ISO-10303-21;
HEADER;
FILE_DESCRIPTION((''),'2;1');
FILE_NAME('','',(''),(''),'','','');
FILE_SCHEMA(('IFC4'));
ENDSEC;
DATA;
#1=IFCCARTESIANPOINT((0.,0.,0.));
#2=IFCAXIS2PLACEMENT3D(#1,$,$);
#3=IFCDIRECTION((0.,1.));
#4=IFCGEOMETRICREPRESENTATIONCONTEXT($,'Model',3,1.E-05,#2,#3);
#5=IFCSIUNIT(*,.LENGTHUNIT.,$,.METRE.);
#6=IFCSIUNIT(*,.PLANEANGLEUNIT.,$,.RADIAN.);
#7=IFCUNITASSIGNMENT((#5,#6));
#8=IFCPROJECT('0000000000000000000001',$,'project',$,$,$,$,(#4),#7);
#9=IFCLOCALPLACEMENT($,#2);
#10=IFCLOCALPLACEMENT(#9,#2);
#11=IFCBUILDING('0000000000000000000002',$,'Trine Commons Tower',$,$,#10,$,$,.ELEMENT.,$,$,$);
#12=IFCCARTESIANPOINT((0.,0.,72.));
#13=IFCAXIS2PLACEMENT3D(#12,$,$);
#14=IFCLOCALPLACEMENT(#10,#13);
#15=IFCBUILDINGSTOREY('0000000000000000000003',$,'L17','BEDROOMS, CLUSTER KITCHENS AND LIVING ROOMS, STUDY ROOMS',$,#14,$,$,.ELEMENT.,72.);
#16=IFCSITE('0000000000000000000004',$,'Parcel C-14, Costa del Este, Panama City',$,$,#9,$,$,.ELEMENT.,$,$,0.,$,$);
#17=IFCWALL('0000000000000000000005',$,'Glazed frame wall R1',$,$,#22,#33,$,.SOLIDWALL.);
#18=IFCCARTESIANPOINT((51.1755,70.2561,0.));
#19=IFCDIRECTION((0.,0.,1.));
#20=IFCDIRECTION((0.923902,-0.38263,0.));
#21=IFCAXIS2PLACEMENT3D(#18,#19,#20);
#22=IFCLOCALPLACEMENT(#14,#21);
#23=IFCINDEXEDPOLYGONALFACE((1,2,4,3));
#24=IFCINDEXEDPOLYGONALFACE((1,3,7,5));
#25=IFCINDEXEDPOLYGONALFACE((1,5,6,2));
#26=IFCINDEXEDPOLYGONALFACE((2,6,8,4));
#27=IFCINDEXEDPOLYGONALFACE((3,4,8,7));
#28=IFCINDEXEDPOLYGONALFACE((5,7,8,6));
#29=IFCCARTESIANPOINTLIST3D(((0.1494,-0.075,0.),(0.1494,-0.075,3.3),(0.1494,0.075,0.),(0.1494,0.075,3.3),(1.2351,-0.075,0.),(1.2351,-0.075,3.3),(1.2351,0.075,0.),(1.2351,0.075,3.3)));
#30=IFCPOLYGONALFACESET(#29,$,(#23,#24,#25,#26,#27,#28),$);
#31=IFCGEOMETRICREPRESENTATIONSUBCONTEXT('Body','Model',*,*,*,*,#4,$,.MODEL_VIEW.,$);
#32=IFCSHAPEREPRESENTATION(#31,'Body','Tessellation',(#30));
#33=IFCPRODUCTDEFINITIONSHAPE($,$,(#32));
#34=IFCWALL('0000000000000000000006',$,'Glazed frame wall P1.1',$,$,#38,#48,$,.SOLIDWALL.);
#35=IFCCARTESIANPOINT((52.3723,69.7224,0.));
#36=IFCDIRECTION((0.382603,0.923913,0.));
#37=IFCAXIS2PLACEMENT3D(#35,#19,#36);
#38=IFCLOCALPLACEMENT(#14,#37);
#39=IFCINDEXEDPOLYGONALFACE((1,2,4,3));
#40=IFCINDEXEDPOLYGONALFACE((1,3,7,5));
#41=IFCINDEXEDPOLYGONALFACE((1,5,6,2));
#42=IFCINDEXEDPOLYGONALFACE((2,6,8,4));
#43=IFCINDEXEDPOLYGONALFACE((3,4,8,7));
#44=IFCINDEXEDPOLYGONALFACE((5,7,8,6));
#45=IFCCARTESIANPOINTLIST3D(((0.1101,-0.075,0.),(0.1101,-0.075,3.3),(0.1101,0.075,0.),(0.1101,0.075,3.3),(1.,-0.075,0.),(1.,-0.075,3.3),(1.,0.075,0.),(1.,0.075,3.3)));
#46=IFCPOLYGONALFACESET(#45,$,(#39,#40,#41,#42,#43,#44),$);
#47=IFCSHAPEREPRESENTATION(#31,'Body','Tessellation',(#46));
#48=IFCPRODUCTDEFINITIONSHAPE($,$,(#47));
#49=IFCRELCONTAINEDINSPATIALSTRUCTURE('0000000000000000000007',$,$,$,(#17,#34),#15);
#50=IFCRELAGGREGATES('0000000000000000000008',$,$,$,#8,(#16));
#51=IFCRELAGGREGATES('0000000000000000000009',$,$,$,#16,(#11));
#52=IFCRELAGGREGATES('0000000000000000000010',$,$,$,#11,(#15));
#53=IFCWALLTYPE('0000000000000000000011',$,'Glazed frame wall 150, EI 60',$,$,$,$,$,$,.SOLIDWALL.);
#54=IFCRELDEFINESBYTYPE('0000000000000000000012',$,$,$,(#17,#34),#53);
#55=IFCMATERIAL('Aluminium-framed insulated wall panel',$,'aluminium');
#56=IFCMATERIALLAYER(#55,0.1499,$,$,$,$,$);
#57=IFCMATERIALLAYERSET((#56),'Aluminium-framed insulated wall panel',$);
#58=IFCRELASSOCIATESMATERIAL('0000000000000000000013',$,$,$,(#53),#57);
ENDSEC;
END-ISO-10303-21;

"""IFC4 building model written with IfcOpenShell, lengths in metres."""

from ifc_helpers import new_model, si_unit, direction, frame, origin, place, context, subcontext, project, spatial, polyline, outline, extrude, material, layer, layer_set, type_object, element, save


model = new_model("IFC4")

# Units and contexts
model_context = context("Model", 3, precision=1e-05, world=origin(), true_north=direction((0.0, 1.0)))
body_context = subcontext(model_context, "Body", "Model", "MODEL_VIEW")
ifc_project = project(units=[si_unit("LENGTHUNIT", "METRE"), si_unit("PLANEANGLEUNIT", "RADIAN")], contexts=[model_context])

# Site, building, storey
site_placement = place(None, origin())
site = spatial("IfcSite", under=ifc_project, at=site_placement, Name="Parcel C-14, Costa del Este, Panama City", CompositionType="ELEMENT", RefElevation=0.0)
building_placement = place(site_placement, origin())
building = spatial("IfcBuilding", under=site, at=building_placement, Name="Trine Commons Tower", CompositionType="ELEMENT")
storey_placement = place(building_placement, frame((0.0, 0.0, 72.0)))
storey = spatial("IfcBuildingStorey", under=building, at=storey_placement, Name="L17", Description="BEDROOMS, CLUSTER KITCHENS AND LIVING ROOMS, STUDY ROOMS", CompositionType="ELEMENT", Elevation=72.0)

# Walls
ifc_material_1 = material(Name="Aluminium-framed insulated wall panel", Category="aluminium")
ifc_layer_1 = layer(ifc_material_1, 0.1499)
ifc_layer_set_1 = layer_set([ifc_layer_1], Name="Aluminium-framed insulated wall panel")
wall_type_1 = type_object("IfcWallType", Name="Glazed frame wall 150, EI 60", PredefinedType="SOLIDWALL", material=ifc_layer_set_1)
wall_1_placement = place(storey_placement, frame((51.1755, 70.2561, 0.0), z_axis=(0.0, 0.0, 1.0), x_axis=(0.923902, -0.38263, 0.0)))
element("IfcWall", 1, at=wall_1_placement, inside=storey, type_object=wall_type_1, Name="Glazed frame wall R1", PredefinedType="SOLIDWALL", context=body_context, shape_type="SweptSolid", body=[
    extrude(outline(polyline([(0.1494, 0.075), (0.1494, -0.075), (1.2351, -0.075), (1.2351, 0.075), (0.1494, 0.075)])), origin(), (0.0, 0.0, 1.0), 3.3),
])
wall_2_placement = place(storey_placement, frame((52.3723, 69.7224, 0.0), z_axis=(0.0, 0.0, 1.0), x_axis=(0.382603, 0.923913, 0.0)))
element("IfcWall", 2, at=wall_2_placement, inside=storey, type_object=wall_type_1, Name="Glazed frame wall P1.1", PredefinedType="SOLIDWALL", context=body_context, shape_type="SweptSolid", body=[
    extrude(outline(polyline([(0.1101, -0.075), (1.0, -0.075), (1.0, 0.075), (0.1101, 0.075), (0.1101, -0.075)])), origin(), (0.0, 0.0, 1.0), 3.3),
])

save(model, "model.ifc")
